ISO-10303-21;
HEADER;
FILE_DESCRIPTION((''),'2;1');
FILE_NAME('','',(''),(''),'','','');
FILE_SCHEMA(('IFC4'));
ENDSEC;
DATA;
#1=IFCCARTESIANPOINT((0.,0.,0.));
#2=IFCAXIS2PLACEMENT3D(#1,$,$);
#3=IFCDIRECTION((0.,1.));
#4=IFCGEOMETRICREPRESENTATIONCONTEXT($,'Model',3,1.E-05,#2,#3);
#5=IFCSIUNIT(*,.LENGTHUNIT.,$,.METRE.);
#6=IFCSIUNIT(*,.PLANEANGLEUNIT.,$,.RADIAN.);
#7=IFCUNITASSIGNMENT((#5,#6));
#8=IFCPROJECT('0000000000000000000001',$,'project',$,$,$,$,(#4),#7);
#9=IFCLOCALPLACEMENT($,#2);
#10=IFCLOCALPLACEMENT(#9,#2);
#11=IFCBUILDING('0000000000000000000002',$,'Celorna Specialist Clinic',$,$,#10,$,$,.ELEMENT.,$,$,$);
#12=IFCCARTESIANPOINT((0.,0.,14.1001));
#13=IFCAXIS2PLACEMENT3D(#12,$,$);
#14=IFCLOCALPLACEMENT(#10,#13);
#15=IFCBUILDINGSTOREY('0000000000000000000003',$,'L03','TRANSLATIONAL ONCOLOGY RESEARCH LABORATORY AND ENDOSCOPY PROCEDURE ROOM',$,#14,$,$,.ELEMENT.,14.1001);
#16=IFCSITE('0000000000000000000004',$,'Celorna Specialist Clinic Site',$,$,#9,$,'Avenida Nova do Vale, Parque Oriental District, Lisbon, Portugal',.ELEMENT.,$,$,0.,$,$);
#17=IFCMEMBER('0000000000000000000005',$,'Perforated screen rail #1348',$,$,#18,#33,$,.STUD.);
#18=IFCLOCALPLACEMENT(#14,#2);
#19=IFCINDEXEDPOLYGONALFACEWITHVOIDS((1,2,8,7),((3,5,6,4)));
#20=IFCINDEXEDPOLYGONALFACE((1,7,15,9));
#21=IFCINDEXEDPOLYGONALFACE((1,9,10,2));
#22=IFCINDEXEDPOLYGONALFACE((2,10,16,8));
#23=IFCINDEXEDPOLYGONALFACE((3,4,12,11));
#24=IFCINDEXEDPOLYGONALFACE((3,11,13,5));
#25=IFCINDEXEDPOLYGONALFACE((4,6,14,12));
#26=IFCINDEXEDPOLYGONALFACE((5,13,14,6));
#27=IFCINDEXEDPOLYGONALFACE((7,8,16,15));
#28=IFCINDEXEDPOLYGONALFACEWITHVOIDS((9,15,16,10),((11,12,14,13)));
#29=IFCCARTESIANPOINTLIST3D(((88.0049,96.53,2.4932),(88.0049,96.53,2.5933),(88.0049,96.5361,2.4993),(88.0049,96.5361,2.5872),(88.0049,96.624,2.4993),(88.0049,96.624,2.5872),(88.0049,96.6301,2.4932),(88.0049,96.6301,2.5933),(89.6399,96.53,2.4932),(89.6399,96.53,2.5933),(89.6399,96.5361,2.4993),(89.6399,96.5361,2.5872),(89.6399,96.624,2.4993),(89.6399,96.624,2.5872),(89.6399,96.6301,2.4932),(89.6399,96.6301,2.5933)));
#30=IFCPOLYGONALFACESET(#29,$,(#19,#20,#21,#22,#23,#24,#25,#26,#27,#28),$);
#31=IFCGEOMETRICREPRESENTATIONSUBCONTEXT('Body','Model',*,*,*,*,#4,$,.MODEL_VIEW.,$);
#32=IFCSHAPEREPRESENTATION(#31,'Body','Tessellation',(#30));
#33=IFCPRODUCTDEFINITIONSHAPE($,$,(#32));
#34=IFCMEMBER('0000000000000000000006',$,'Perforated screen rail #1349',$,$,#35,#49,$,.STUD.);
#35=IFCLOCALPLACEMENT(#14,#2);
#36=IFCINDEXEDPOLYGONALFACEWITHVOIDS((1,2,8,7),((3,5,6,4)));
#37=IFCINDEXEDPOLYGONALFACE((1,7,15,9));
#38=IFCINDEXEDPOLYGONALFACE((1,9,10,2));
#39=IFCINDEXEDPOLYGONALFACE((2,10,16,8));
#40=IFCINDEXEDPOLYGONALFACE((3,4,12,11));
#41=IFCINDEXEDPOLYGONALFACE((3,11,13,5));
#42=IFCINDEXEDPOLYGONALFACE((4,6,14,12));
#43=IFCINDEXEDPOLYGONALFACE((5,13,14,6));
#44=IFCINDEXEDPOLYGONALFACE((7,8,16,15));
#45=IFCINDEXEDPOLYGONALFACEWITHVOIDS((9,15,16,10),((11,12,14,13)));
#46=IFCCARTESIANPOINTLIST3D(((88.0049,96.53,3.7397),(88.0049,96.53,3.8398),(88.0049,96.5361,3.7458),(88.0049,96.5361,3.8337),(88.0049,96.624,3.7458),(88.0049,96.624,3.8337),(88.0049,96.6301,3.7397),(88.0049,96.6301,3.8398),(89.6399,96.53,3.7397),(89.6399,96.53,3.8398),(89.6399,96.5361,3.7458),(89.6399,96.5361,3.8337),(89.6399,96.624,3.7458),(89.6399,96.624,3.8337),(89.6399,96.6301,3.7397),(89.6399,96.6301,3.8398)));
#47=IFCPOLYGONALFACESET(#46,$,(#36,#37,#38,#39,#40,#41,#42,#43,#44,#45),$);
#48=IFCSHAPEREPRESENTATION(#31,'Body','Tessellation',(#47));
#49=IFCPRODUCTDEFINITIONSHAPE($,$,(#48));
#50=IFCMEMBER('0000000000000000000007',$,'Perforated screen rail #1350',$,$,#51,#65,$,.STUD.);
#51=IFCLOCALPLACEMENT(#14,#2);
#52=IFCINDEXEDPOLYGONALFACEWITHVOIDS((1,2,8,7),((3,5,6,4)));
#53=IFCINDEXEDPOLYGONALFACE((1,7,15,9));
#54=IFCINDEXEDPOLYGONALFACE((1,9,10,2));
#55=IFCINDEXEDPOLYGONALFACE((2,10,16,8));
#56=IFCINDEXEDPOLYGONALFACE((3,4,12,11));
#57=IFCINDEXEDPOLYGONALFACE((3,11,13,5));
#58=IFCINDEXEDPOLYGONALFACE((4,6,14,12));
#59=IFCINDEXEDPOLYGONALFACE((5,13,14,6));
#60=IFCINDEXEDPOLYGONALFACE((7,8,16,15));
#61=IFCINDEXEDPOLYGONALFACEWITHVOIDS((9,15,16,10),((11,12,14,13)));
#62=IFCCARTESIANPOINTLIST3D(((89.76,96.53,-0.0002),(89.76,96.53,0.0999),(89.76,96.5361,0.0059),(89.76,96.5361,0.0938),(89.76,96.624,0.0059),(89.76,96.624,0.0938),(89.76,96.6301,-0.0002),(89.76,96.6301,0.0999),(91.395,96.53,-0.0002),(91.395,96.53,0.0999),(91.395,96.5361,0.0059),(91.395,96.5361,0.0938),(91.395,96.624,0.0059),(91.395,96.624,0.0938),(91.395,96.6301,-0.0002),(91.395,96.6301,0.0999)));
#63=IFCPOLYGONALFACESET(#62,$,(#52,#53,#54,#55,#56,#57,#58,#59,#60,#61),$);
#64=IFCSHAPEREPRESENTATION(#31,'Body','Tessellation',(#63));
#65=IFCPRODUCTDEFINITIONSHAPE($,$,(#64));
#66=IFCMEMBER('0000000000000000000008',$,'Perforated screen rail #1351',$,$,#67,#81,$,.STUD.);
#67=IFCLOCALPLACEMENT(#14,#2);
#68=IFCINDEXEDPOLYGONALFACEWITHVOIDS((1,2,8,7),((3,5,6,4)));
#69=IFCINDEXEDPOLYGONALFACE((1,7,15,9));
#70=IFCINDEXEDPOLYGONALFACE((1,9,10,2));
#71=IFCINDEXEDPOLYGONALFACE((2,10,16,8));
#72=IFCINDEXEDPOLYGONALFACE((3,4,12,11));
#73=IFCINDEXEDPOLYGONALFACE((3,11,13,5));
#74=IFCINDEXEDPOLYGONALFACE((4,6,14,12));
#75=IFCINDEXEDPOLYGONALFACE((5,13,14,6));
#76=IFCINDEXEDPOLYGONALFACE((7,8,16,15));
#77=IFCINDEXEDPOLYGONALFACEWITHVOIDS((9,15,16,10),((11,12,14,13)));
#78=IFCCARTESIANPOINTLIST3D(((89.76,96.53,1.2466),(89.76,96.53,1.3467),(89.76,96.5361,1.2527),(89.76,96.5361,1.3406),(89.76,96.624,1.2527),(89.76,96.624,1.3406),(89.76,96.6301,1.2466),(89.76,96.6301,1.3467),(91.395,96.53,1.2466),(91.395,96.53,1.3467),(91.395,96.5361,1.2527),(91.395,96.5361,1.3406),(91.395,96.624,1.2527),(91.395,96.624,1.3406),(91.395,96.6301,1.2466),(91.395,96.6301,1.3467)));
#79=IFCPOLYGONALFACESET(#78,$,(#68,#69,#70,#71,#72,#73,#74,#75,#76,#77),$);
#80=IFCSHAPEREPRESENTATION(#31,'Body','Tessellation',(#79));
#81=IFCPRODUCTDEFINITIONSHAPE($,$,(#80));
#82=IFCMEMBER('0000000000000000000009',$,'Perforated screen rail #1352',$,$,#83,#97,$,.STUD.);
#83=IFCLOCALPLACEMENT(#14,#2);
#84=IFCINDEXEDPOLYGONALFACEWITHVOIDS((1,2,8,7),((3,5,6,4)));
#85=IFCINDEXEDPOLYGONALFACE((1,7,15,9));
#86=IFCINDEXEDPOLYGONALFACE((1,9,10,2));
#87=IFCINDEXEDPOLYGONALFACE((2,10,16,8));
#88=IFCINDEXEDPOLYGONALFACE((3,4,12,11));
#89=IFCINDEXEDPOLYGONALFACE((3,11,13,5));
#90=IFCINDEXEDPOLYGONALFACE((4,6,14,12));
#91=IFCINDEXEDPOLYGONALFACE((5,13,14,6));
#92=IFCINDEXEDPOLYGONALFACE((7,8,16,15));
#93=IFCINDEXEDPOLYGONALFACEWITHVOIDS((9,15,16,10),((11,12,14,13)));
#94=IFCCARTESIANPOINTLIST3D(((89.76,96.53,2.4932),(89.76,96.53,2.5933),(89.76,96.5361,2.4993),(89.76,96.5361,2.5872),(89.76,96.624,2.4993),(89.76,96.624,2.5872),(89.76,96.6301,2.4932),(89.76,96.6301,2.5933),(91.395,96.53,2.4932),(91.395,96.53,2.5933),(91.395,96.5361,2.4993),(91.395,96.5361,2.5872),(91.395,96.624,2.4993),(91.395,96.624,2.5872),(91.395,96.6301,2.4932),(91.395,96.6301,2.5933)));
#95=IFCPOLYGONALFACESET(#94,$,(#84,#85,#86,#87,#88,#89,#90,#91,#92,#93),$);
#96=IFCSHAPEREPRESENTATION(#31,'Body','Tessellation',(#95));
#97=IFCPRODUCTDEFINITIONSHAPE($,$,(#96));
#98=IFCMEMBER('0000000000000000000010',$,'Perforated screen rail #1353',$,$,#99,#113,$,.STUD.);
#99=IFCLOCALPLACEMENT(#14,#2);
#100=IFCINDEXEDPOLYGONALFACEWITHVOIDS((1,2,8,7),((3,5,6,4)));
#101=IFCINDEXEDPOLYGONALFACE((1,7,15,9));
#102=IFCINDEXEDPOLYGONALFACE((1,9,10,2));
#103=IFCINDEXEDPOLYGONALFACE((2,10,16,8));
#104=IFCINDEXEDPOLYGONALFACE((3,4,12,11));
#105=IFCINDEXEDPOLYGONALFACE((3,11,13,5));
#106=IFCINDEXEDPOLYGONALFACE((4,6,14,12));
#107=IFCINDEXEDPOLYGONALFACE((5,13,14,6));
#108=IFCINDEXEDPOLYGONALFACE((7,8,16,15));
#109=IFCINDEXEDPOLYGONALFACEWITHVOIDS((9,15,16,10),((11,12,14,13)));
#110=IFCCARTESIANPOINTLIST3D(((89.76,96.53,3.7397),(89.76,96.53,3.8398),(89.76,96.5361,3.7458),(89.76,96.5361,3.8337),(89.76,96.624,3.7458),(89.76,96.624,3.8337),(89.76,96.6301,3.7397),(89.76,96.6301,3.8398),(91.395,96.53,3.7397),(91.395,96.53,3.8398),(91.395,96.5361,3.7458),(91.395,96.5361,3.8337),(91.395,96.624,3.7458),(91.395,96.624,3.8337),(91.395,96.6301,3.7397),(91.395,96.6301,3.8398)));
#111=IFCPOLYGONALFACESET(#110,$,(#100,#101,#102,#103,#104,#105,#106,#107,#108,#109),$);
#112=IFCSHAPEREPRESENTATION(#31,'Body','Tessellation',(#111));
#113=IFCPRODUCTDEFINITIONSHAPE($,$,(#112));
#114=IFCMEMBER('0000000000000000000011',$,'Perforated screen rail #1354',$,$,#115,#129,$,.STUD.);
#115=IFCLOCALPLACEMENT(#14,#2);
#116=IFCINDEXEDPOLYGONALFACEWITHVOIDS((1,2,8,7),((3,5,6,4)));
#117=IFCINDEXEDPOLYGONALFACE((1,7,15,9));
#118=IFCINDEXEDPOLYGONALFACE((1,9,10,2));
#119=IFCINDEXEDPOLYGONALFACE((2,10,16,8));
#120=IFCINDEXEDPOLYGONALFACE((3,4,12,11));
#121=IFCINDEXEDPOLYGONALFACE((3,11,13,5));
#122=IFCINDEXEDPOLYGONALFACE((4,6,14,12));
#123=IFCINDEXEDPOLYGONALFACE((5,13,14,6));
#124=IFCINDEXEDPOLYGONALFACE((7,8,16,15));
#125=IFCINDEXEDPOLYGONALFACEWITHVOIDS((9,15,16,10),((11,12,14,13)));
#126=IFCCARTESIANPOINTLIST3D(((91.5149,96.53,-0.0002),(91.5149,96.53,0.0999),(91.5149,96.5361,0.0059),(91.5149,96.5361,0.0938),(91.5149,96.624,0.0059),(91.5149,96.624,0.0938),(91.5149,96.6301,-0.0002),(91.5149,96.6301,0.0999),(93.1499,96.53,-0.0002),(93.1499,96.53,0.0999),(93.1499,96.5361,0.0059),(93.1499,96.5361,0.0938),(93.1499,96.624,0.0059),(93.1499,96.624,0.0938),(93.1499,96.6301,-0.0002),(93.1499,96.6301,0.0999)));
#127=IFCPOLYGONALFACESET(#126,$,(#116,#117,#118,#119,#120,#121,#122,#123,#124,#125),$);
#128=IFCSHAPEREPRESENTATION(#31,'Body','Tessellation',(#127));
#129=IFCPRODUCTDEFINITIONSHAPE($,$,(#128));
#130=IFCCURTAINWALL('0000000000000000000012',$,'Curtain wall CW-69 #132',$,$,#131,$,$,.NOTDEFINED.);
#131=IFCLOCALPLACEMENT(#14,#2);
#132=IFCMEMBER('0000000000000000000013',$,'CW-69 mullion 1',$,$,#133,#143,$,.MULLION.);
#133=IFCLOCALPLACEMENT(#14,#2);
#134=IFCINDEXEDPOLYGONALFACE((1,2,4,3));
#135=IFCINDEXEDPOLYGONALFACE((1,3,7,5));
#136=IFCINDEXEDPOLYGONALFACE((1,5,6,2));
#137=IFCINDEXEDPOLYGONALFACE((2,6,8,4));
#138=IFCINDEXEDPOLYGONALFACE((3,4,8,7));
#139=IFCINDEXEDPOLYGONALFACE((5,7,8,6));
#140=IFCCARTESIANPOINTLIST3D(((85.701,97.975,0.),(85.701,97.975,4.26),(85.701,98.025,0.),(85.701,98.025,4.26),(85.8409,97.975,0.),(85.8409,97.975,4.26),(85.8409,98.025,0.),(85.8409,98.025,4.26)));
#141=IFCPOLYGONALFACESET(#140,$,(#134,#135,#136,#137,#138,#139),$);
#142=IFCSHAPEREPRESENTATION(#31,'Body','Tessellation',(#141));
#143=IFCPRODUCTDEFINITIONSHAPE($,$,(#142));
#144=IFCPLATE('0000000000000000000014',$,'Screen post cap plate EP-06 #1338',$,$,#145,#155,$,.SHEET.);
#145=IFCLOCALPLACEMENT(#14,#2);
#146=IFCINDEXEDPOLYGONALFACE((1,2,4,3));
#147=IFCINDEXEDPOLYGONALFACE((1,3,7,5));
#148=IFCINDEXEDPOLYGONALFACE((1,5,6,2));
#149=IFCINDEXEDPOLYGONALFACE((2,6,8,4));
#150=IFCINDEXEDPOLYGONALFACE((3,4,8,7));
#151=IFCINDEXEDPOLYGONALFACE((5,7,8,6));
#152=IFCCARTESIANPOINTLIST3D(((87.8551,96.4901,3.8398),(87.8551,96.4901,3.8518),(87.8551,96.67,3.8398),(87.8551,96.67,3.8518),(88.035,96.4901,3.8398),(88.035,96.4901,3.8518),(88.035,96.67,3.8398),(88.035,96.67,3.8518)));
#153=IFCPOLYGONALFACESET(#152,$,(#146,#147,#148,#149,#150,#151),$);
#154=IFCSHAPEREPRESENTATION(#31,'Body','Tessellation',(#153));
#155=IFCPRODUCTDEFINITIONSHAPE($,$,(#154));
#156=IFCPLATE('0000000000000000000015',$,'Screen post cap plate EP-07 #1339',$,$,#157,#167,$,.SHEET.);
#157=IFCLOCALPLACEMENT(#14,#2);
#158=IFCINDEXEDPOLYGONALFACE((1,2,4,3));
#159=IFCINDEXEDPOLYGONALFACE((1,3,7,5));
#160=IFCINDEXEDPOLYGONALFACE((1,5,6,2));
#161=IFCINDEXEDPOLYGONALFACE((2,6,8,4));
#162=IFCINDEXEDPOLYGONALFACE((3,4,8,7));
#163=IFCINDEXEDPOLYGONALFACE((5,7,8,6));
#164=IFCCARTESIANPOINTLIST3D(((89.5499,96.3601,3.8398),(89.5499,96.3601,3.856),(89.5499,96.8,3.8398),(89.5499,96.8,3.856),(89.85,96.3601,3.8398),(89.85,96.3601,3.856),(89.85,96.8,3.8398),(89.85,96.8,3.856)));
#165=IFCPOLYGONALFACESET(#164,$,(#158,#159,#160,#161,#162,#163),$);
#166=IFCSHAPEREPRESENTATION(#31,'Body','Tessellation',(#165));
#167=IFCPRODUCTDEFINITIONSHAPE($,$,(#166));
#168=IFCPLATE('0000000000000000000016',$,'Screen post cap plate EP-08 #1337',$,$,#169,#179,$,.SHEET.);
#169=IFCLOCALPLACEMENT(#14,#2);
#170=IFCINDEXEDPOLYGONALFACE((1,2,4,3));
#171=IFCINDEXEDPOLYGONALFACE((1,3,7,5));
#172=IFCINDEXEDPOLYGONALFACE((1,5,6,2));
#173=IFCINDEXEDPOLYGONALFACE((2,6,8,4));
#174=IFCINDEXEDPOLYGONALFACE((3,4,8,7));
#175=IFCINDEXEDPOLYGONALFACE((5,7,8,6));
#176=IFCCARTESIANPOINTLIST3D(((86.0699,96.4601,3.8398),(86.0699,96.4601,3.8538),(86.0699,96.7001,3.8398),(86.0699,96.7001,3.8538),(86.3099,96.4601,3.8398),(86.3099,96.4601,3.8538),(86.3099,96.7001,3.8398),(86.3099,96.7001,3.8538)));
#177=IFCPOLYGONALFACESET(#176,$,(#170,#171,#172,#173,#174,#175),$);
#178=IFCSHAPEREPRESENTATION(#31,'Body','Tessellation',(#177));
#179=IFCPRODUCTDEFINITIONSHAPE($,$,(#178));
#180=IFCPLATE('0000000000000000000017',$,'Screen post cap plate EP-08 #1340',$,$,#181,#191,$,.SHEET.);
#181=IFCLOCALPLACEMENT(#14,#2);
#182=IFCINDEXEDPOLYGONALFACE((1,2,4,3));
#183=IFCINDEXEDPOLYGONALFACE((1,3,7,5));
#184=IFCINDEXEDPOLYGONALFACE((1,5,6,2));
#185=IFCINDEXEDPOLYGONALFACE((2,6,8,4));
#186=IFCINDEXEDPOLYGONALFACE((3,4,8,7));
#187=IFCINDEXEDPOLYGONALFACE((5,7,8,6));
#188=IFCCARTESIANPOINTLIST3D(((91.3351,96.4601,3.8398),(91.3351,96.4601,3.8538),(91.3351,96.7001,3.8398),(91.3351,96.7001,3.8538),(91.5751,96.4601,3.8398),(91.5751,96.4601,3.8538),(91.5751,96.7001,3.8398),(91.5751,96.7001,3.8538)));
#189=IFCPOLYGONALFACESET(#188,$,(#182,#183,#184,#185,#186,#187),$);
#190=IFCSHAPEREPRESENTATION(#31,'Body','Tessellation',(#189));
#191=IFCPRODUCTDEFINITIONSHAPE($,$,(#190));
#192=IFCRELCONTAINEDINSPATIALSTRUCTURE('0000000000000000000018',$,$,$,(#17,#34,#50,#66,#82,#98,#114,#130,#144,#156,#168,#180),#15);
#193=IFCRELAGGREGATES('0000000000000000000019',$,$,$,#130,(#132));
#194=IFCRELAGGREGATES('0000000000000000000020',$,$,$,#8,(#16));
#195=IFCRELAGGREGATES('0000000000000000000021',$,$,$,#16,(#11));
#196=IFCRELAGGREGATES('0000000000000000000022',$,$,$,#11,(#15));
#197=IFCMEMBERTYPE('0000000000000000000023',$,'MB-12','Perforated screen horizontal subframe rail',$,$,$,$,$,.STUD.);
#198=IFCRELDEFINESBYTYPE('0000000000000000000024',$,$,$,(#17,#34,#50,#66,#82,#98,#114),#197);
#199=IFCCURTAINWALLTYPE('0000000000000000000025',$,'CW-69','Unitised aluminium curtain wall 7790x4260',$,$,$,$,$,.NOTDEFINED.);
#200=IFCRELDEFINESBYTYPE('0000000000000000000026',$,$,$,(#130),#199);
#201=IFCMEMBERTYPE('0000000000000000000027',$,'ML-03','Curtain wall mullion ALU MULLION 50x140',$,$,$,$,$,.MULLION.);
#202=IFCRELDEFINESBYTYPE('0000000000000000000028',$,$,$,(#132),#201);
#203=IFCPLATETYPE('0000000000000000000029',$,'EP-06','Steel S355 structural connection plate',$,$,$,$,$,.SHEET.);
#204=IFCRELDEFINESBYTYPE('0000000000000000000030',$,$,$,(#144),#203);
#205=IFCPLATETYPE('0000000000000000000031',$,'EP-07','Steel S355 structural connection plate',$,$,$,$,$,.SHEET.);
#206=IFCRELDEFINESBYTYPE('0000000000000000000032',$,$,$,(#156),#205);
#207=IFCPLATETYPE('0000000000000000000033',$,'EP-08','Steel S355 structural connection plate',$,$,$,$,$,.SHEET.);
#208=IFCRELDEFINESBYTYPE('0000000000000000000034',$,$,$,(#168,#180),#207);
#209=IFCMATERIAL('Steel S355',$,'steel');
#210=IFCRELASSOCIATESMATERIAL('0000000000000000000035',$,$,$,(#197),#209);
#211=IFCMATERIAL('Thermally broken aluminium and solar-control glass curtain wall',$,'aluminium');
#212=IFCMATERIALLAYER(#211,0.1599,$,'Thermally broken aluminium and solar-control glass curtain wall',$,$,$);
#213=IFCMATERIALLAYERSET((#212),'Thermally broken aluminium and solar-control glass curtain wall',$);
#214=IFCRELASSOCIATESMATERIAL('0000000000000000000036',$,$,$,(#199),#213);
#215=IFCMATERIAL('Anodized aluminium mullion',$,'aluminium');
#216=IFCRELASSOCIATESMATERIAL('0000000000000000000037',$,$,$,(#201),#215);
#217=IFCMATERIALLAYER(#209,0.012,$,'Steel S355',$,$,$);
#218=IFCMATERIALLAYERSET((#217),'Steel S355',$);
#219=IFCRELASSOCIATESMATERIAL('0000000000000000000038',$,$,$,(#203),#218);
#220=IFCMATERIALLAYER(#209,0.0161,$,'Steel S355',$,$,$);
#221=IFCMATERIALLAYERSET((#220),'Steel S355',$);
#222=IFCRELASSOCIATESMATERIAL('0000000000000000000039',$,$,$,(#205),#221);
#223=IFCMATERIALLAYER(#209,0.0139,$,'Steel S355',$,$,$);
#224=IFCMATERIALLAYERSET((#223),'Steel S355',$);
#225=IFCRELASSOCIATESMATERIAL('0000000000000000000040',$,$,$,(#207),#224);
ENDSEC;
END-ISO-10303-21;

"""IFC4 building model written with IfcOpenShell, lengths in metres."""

from ifc_helpers import new_model, si_unit, direction, frame, origin, origin_2d, place, context, subcontext, project, spatial, rectangle, hollow_rectangle, extrude, material, layer, layer_set, material_profile, profile_set, type_object, element, aggregate, save


model = new_model("IFC4")

# Units and contexts
model_context = context("Model", 3, precision=1e-05, world=origin(), true_north=direction((0.0, 1.0)))
body_context = subcontext(model_context, "Body", "Model", "MODEL_VIEW")
ifc_project = project(units=[si_unit("LENGTHUNIT", "METRE"), si_unit("PLANEANGLEUNIT", "RADIAN")], contexts=[model_context])

# Site, building, storey
site_placement = place(None, origin())
site = spatial("IfcSite", under=ifc_project, at=site_placement, Name="Celorna Specialist Clinic Site", LongName="Avenida Nova do Vale, Parque Oriental District, Lisbon, Portugal", CompositionType="ELEMENT", RefElevation=0.0)
building_placement = place(site_placement, origin())
building = spatial("IfcBuilding", under=site, at=building_placement, Name="Celorna Specialist Clinic", CompositionType="ELEMENT")
storey_placement = place(building_placement, frame((0.0, 0.0, 14.1001)))
storey = spatial("IfcBuildingStorey", under=building, at=storey_placement, Name="L03", Description="TRANSLATIONAL ONCOLOGY RESEARCH LABORATORY AND ENDOSCOPY PROCEDURE ROOM", CompositionType="ELEMENT", Elevation=14.1001)

# Shared definitions
ifc_material_1 = material(Name="Steel S355", Category="steel")

# Members
ifc_material_profile_1 = material_profile(ifc_material_1, hollow_rectangle(XDim=0.1001, YDim=0.1001, WallThickness=0.0061, at=origin_2d()), Name="SHS 100x100x6")
ifc_profile_set_1 = profile_set([ifc_material_profile_1], Name="Steel S355")
member_type_1 = type_object("IfcMemberType", Name="MB-12", Description="Perforated screen horizontal subframe rail", PredefinedType="STUD", material=ifc_profile_set_1)
for number, where, z_axis, x_axis, name in (
    (1, (88.0049, 96.5801, 2.5432), (1.0, 0.0, 0.0), (0.0, 1.0, 0.0), "Perforated screen rail #1348"),
    (2, (88.0049, 96.5801, 3.7898), (1.0, 0.0, 0.0), (0.0, 1.0, 0.0), "Perforated screen rail #1349"),
    (3, (89.76, 96.5801, 0.0498), (1.0, 0.0, 0.0), (0.0, 1.0, 0.0), "Perforated screen rail #1350"),
    (4, (89.76, 96.5801, 1.2966), (1.0, 0.0, 0.0), (0.0, 1.0, 0.0), "Perforated screen rail #1351"),
    (5, (89.76, 96.5801, 2.5432), (1.0, 0.0, 0.0), (0.0, 1.0, 0.0), "Perforated screen rail #1352"),
    (6, (89.76, 96.5801, 3.7898), (1.0, 0.0, 0.0), (0.0, 1.0, 0.0), "Perforated screen rail #1353"),
    (7, (91.5149, 96.5801, 0.0498), (1.0, 0.0, 0.0), (0.0, 1.0, 0.0), "Perforated screen rail #1354"),
):
    element("IfcMember", number, at=place(storey_placement, frame(where, z_axis=z_axis, x_axis=x_axis)), inside=storey, type_object=member_type_1, Name=name, PredefinedType="STUD", context=body_context, shape_type="SweptSolid", body=[
        extrude(hollow_rectangle(XDim=0.1001, YDim=0.1001, WallThickness=0.0061, at=origin_2d()), origin(), (0.0, 0.0, 1.0), 1.635),
    ])

# Curtain wall, member
ifc_material_2 = material(Name="Thermally broken aluminium and solar-control glass curtain wall", Category="aluminium")
ifc_layer_1 = layer(ifc_material_2, 0.1599, Name="Thermally broken aluminium and solar-control glass curtain wall")
ifc_layer_set_1 = layer_set([ifc_layer_1], Name="Thermally broken aluminium and solar-control glass curtain wall")
curtain_wall_type = type_object("IfcCurtainWallType", Name="CW-69", Description="Unitised aluminium curtain wall 7790x4260", PredefinedType="NOTDEFINED", material=ifc_layer_set_1)
curtain_wall_placement = place(storey_placement, origin())
curtain_wall = element("IfcCurtainWall", 8, at=curtain_wall_placement, inside=storey, type_object=curtain_wall_type, Name="Curtain wall CW-69 #132", PredefinedType="NOTDEFINED")
ifc_material_3 = material(Name="Anodized aluminium mullion", Category="aluminium")
ifc_material_profile_2 = material_profile(ifc_material_3, rectangle(XDim=0.05, YDim=0.1399, at=origin_2d()), Name="ALU MULLION 50x140")
ifc_profile_set_2 = profile_set([ifc_material_profile_2], Name="Anodized aluminium mullion")
member_type_2 = type_object("IfcMemberType", Name="ML-03", Description="Curtain wall mullion ALU MULLION 50x140", PredefinedType="MULLION", material=ifc_profile_set_2)
member_placement = place(storey_placement, frame((85.771, 98.0, 0.0), z_axis=(0.0, 0.0, 1.0), x_axis=(0.0, -1.0, 0.0)))
member = element("IfcMember", 9, at=member_placement, type_object=member_type_2, Name="CW-69 mullion 1", PredefinedType="MULLION", context=body_context, shape_type="SweptSolid", body=[
    extrude(rectangle(XDim=0.05, YDim=0.1399, at=origin_2d()), origin(), (0.0, 0.0, 1.0), 4.26),
])
aggregate(curtain_wall, [member])

# Plates
ifc_layer_2 = layer(ifc_material_1, 0.012, Name="Steel S355")
ifc_layer_set_2 = layer_set([ifc_layer_2], Name="Steel S355")
plate_type_1 = type_object("IfcPlateType", Name="EP-06", Description="Steel S355 structural connection plate", PredefinedType="SHEET", material=ifc_layer_set_2)
plate_1_placement = place(storey_placement, frame((87.9451, 96.5801, 3.8398), z_axis=(0.0, 0.0, 1.0), x_axis=(1.0, 0.0, 0.0)))
element("IfcPlate", 10, at=plate_1_placement, inside=storey, type_object=plate_type_1, Name="Screen post cap plate EP-06 #1338", PredefinedType="SHEET", context=body_context, shape_type="SweptSolid", body=[
    extrude(rectangle(XDim=0.1799, YDim=0.1799, at=origin_2d()), origin(), (0.0, 0.0, 1.0), 0.012),
])
ifc_layer_3 = layer(ifc_material_1, 0.0161, Name="Steel S355")
ifc_layer_set_3 = layer_set([ifc_layer_3], Name="Steel S355")
plate_type_2 = type_object("IfcPlateType", Name="EP-07", Description="Steel S355 structural connection plate", PredefinedType="SHEET", material=ifc_layer_set_3)
plate_2_placement = place(storey_placement, frame((89.7, 96.5801, 3.8398), z_axis=(0.0, 0.0, 1.0), x_axis=(1.0, 0.0, 0.0)))
element("IfcPlate", 11, at=plate_2_placement, inside=storey, type_object=plate_type_2, Name="Screen post cap plate EP-07 #1339", PredefinedType="SHEET", context=body_context, shape_type="SweptSolid", body=[
    extrude(rectangle(XDim=0.3, YDim=0.4399, at=origin_2d()), origin(), (0.0, 0.0, 1.0), 0.0161),
])
ifc_layer_4 = layer(ifc_material_1, 0.0139, Name="Steel S355")
ifc_layer_set_4 = layer_set([ifc_layer_4], Name="Steel S355")
plate_type_3 = type_object("IfcPlateType", Name="EP-08", Description="Steel S355 structural connection plate", PredefinedType="SHEET", material=ifc_layer_set_4)
for number, where, z_axis, x_axis, name in (
    (12, (86.1899, 96.5801, 3.8398), (0.0, 0.0, 1.0), (1.0, 0.0, 0.0), "Screen post cap plate EP-08 #1337"),
    (13, (91.4551, 96.5801, 3.8398), (0.0, 0.0, 1.0), (1.0, 0.0, 0.0), "Screen post cap plate EP-08 #1340"),
):
    element("IfcPlate", number, at=place(storey_placement, frame(where, z_axis=z_axis, x_axis=x_axis)), inside=storey, type_object=plate_type_3, Name=name, PredefinedType="SHEET", context=body_context, shape_type="SweptSolid", body=[
        extrude(rectangle(XDim=0.24, YDim=0.24, at=origin_2d()), origin(), (0.0, 0.0, 1.0), 0.0139),
    ])

save(model, "model.ifc")
